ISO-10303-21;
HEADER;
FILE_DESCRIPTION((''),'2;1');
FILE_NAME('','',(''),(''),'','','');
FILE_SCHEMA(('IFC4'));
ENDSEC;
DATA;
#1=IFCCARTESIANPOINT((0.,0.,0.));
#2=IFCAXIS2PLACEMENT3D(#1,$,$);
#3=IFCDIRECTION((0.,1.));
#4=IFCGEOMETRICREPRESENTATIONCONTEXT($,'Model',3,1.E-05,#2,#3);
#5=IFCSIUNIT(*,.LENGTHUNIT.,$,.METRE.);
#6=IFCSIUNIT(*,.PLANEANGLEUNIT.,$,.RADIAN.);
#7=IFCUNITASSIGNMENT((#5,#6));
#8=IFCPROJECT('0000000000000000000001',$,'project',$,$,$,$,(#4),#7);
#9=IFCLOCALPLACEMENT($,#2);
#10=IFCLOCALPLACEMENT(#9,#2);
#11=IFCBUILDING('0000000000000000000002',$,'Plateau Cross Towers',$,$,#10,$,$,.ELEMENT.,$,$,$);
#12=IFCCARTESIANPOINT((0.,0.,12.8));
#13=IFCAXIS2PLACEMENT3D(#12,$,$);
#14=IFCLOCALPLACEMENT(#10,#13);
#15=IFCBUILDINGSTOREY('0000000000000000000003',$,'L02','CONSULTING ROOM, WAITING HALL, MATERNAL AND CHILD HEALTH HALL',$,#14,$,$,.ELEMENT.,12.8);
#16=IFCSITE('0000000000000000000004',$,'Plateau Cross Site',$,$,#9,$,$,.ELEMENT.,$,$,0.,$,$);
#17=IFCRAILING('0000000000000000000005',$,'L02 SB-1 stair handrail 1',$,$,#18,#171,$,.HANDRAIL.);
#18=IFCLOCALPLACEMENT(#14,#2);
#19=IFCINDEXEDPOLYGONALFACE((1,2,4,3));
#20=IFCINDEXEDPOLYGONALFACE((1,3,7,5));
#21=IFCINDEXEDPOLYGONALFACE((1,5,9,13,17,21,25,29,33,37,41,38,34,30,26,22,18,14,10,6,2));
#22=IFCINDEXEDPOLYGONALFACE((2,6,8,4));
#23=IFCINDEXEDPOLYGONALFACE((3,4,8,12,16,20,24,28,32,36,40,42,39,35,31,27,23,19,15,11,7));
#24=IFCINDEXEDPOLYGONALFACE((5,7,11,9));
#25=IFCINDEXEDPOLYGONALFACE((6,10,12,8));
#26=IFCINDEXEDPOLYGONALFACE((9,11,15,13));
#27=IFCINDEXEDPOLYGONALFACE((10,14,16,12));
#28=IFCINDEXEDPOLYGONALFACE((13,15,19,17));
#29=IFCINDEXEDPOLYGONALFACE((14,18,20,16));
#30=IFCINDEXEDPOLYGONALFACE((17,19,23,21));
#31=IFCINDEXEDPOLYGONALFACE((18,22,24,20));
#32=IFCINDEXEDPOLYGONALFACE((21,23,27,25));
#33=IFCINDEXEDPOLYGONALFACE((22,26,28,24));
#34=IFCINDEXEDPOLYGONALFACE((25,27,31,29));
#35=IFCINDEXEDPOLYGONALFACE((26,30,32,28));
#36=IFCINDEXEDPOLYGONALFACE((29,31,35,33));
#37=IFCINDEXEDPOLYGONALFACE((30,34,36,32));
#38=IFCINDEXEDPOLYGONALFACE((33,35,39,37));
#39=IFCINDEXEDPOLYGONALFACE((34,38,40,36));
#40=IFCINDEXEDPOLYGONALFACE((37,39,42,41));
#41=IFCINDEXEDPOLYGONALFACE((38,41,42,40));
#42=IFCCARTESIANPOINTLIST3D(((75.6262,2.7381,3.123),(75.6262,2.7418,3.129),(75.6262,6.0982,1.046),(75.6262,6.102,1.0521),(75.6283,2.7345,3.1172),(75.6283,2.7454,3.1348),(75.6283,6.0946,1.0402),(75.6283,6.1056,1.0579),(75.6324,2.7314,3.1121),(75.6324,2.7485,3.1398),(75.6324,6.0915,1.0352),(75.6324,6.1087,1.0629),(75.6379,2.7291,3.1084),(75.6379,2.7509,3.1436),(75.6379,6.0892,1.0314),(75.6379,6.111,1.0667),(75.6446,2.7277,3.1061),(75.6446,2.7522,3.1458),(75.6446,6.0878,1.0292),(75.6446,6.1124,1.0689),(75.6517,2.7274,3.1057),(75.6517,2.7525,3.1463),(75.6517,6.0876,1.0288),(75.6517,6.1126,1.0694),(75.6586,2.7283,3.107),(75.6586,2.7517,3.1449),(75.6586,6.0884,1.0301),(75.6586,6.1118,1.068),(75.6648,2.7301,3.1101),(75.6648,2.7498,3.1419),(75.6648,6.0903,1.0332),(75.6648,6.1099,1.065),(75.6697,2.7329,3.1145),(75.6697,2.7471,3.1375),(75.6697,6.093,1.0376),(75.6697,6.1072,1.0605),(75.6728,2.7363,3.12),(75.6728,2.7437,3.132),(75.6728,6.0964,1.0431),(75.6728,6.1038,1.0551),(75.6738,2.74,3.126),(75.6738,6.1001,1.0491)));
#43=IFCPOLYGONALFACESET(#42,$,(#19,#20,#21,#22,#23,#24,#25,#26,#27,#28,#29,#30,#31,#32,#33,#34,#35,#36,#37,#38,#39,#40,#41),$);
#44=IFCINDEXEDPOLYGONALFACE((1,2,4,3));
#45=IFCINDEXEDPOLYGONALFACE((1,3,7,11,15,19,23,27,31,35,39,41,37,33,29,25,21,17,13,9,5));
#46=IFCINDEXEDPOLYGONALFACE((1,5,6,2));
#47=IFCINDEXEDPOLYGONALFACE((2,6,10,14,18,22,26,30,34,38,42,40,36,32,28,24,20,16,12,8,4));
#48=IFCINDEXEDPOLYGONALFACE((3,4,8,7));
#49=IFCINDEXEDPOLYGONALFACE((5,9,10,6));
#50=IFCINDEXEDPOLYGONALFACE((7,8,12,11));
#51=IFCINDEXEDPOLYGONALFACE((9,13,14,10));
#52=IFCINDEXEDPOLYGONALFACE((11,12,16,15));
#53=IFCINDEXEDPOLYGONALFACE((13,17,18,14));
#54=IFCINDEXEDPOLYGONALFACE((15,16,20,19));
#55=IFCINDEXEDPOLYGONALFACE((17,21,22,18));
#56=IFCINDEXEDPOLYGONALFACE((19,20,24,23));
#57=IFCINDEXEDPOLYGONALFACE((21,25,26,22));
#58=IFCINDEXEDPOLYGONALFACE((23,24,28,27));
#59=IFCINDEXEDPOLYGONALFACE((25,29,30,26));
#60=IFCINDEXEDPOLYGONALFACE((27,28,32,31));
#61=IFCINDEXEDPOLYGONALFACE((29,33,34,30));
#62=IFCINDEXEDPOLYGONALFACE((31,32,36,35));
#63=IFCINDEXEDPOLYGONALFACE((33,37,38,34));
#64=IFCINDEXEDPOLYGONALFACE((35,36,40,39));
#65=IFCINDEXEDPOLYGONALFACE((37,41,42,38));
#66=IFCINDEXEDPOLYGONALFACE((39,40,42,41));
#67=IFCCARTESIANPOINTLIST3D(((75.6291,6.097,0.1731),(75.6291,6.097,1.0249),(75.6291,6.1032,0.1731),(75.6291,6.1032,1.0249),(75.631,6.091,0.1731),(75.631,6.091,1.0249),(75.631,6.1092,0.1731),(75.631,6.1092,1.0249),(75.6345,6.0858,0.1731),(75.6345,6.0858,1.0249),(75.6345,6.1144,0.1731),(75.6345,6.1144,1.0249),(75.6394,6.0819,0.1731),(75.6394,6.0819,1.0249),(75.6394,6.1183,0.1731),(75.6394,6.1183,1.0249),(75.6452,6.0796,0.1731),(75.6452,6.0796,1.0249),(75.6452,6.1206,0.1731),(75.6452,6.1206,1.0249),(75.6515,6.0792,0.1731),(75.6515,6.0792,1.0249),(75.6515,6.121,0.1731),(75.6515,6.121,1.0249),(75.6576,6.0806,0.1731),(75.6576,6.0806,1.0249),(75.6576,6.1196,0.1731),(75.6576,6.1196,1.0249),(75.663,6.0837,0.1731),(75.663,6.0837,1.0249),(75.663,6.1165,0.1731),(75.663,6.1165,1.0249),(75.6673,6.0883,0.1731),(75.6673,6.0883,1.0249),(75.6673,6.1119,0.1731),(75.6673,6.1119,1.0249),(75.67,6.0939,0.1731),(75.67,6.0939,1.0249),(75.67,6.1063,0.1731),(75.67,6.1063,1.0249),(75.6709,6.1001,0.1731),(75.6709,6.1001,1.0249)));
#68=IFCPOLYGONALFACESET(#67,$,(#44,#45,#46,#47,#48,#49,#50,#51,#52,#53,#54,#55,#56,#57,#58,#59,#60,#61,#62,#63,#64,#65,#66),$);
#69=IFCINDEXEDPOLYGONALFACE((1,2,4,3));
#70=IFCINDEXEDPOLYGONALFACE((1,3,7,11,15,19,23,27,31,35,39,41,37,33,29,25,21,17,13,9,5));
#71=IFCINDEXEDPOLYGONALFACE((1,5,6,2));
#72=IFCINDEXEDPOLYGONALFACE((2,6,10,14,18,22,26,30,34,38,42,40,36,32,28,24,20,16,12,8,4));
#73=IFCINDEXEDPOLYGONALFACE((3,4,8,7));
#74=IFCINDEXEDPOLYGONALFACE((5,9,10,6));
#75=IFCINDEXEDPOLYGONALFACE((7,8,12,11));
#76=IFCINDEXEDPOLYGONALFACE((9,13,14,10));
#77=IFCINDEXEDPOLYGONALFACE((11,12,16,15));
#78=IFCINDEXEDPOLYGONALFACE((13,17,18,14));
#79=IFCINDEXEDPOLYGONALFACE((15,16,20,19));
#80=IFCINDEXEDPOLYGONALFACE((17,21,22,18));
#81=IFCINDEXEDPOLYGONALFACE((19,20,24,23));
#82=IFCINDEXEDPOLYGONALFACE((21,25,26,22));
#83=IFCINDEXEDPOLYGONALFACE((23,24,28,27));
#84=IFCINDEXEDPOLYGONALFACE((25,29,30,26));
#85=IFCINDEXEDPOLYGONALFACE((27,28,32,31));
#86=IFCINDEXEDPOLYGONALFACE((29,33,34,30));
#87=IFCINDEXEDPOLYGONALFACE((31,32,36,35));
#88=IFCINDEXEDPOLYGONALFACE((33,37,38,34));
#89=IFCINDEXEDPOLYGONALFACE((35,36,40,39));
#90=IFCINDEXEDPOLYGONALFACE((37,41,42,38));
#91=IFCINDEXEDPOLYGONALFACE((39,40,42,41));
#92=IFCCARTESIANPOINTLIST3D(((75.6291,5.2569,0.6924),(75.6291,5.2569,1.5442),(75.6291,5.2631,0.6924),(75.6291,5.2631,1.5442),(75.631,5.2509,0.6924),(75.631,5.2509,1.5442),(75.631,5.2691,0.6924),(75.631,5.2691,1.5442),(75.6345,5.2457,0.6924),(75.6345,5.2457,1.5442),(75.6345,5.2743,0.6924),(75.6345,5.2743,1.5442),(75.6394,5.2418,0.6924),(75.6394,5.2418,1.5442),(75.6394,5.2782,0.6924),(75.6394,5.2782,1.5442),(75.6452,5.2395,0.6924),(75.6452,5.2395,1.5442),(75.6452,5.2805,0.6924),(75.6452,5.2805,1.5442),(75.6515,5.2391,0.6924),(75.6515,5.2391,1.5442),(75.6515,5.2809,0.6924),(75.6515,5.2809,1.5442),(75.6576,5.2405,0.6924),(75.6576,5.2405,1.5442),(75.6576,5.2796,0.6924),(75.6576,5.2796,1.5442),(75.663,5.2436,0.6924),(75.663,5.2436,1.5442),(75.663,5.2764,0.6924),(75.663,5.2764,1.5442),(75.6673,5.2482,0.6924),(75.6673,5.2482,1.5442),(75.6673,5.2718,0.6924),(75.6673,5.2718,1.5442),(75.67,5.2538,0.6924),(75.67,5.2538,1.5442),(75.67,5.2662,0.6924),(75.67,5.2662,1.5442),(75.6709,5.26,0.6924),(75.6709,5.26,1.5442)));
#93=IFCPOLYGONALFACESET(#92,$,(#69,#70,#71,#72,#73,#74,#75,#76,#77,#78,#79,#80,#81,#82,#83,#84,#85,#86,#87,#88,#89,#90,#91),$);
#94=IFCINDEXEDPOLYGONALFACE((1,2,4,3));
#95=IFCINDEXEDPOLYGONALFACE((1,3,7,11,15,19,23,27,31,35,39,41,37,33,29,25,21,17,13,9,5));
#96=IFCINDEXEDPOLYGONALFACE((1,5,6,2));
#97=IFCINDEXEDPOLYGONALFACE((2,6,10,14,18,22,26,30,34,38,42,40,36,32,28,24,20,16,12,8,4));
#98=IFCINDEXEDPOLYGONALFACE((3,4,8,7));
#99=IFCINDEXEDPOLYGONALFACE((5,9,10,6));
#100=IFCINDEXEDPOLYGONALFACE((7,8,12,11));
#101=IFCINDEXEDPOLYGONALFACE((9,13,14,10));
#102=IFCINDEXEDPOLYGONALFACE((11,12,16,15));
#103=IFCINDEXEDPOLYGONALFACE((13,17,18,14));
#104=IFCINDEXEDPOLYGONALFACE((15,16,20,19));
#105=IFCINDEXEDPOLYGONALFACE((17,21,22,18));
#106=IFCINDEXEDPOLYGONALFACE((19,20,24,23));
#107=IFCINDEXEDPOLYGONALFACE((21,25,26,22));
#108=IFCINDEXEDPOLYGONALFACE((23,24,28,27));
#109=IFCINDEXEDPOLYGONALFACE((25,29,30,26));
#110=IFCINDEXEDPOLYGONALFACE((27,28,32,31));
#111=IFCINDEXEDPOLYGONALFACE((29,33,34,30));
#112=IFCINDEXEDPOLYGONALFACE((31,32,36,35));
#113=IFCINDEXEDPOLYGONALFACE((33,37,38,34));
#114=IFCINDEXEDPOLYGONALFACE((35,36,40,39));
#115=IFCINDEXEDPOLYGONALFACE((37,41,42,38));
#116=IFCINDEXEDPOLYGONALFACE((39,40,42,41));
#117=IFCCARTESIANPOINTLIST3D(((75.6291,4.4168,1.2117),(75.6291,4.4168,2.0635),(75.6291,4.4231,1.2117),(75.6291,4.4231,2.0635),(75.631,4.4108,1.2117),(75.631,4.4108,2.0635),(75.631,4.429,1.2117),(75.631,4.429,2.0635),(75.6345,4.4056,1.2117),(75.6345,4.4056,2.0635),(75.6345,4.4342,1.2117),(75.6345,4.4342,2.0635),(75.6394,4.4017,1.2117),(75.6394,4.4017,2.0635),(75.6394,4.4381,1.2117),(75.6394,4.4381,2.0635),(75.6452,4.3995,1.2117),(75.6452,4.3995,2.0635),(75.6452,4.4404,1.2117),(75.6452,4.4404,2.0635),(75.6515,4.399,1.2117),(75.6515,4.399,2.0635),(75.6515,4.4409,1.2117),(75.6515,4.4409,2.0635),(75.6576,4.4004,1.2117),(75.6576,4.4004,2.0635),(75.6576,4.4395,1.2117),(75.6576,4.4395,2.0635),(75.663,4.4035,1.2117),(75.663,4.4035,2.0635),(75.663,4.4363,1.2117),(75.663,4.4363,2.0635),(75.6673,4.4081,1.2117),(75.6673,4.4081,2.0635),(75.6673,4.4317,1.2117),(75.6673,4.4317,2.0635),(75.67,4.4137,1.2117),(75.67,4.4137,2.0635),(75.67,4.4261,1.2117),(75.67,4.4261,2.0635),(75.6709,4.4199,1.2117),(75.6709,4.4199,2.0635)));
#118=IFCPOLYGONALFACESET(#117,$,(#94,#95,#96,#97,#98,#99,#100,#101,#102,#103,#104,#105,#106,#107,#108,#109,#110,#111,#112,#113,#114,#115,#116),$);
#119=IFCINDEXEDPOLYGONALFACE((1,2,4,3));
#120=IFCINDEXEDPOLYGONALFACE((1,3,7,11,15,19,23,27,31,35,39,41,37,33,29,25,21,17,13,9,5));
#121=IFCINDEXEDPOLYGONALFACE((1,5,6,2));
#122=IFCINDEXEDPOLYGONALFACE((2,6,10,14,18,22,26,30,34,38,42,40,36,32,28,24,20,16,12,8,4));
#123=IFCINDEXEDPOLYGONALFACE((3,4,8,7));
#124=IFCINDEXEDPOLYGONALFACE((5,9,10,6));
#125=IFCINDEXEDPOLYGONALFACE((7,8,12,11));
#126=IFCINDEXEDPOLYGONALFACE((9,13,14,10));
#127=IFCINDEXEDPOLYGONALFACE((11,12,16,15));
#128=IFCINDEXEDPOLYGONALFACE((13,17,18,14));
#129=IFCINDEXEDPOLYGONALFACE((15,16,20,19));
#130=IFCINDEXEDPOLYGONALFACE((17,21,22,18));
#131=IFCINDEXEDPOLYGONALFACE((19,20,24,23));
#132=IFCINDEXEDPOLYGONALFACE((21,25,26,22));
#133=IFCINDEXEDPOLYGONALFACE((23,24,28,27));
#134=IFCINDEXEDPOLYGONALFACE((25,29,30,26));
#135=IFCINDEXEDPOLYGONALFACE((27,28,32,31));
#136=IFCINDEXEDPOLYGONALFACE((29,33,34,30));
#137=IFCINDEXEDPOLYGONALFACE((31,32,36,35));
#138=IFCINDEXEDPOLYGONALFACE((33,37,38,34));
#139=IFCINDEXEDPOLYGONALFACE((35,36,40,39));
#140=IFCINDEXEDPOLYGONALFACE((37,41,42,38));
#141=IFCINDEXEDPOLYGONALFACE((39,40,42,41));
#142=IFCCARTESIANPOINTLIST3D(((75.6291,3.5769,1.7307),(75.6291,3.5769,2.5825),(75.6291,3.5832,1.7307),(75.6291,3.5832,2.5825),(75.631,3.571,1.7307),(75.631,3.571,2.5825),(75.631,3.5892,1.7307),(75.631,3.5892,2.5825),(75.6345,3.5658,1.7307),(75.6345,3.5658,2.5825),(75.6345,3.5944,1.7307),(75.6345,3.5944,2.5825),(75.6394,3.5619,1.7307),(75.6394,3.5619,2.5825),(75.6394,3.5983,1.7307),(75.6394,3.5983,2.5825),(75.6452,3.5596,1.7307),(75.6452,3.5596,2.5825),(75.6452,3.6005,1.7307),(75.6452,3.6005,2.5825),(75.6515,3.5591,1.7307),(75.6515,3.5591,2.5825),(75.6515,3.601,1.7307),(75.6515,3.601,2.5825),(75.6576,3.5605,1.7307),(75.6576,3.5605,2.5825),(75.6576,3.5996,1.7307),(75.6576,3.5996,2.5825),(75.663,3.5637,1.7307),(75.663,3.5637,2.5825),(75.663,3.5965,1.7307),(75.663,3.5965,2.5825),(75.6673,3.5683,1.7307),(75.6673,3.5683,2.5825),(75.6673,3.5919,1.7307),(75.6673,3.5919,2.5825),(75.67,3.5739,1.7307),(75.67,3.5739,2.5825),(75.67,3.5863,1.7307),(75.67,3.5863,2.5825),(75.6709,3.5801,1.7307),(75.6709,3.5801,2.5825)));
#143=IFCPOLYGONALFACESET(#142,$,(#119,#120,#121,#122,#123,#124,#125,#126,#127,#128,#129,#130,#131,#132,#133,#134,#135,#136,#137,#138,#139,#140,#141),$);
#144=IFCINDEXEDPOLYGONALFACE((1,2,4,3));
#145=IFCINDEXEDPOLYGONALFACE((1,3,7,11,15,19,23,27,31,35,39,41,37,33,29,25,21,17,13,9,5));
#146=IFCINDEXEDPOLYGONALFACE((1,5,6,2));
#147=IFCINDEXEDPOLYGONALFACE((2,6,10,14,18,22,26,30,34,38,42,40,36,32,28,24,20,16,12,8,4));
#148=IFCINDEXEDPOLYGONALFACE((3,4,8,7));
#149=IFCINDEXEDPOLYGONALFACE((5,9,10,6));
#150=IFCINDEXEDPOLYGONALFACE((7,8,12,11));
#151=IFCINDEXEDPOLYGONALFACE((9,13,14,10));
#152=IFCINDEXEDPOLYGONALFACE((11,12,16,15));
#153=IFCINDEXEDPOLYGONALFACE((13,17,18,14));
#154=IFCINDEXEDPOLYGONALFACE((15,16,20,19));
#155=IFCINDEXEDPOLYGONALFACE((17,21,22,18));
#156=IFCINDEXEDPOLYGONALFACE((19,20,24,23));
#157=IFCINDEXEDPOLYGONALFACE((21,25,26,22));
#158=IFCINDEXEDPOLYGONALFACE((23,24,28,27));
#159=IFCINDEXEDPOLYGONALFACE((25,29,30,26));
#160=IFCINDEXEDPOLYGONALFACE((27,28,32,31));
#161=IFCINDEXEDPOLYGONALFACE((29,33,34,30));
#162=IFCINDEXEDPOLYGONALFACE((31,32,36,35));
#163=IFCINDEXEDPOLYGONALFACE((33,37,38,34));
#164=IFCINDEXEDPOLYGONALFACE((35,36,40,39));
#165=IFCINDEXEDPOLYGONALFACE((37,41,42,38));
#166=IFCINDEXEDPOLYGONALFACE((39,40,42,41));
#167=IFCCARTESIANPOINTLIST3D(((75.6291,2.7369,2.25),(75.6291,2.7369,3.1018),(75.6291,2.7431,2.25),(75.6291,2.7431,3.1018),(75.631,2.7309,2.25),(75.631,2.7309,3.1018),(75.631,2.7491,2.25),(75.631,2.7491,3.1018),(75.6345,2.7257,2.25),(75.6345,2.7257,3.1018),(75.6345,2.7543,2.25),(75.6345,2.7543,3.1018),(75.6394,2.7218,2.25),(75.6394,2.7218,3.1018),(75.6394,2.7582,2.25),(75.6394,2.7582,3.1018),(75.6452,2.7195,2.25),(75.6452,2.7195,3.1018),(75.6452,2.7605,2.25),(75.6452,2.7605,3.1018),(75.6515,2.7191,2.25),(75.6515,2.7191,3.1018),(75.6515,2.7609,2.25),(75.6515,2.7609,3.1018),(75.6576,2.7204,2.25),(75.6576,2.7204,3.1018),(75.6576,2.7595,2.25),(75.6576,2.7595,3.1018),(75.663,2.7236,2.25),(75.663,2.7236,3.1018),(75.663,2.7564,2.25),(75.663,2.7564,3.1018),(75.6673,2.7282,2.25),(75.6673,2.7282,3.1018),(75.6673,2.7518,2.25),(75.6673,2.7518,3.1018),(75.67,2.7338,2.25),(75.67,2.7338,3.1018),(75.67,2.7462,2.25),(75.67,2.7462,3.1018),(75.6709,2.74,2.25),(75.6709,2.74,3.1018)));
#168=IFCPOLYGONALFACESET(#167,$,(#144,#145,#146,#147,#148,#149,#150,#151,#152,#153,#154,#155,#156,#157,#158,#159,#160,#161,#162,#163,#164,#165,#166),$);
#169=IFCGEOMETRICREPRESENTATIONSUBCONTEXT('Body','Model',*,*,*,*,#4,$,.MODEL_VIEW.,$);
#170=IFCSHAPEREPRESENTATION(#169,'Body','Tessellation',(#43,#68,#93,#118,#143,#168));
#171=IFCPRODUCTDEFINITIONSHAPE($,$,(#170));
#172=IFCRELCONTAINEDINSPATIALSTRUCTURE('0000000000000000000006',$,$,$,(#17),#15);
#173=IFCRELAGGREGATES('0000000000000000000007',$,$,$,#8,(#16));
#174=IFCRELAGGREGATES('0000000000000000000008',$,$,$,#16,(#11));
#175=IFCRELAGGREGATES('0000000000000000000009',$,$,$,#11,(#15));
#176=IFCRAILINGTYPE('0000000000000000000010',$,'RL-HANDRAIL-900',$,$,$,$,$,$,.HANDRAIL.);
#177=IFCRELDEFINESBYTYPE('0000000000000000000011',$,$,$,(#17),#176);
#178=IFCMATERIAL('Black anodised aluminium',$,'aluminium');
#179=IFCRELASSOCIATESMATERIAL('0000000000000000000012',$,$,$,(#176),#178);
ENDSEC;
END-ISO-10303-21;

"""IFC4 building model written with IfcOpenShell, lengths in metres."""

from ifc_helpers import new_model, si_unit, direction, frame, origin, origin_2d, place, context, subcontext, project, spatial, circle, extrude, material, type_object, element, save


model = new_model("IFC4")

# Units and contexts
model_context = context("Model", 3, precision=1e-05, world=origin(), true_north=direction((0.0, 1.0)))
body_context = subcontext(model_context, "Body", "Model", "MODEL_VIEW")
ifc_project = project(units=[si_unit("LENGTHUNIT", "METRE"), si_unit("PLANEANGLEUNIT", "RADIAN")], contexts=[model_context])

# Site, building, storey
site_placement = place(None, origin())
site = spatial("IfcSite", under=ifc_project, at=site_placement, Name="Plateau Cross Site", CompositionType="ELEMENT", RefElevation=0.0)
building_placement = place(site_placement, origin())
building = spatial("IfcBuilding", under=site, at=building_placement, Name="Plateau Cross Towers", CompositionType="ELEMENT")
storey_placement = place(building_placement, frame((0.0, 0.0, 12.8)))
storey = spatial("IfcBuildingStorey", under=building, at=storey_placement, Name="L02", Description="CONSULTING ROOM, WAITING HALL, MATERNAL AND CHILD HEALTH HALL", CompositionType="ELEMENT", Elevation=12.8)

# Railing
ifc_material_1 = material(Name="Black anodised aluminium", Category="aluminium")
railing_type_1 = type_object("IfcRailingType", Name="RL-HANDRAIL-900", PredefinedType="HANDRAIL", material=ifc_material_1)
railing_1_placement = place(storey_placement, frame((75.6499, 6.1001, 0.1731)))
element("IfcRailing", 1, at=railing_1_placement, inside=storey, type_object=railing_type_1, Name="L02 SB-1 stair handrail 1", PredefinedType="HANDRAIL", context=body_context, shape_type="SweptSolid", body=[
    extrude(circle(Radius=0.0239, at=origin_2d()), frame((0.0, 0.0, 0.876), z_axis=(0.0, -0.850623, 0.525776), x_axis=(1.0, 0.0, 0.0)), (0.0, 0.0, 1.0), 3.9502),
    extrude(circle(Radius=0.021, at=origin_2d()), origin(), (0.0, 0.0, 1.0), 0.8518),
    extrude(circle(Radius=0.021, at=origin_2d()), frame((0.0, -0.8401, 0.5193)), (0.0, 0.0, 1.0), 0.8518),
    extrude(circle(Radius=0.021, at=origin_2d()), frame((0.0, -1.6802, 1.0386)), (0.0, 0.0, 1.0), 0.8518),
    extrude(circle(Radius=0.021, at=origin_2d()), frame((0.0, -2.52, 1.5576)), (0.0, 0.0, 1.0), 0.8518),
    extrude(circle(Radius=0.021, at=origin_2d()), frame((0.0, -3.3601, 2.0769)), (0.0, 0.0, 1.0), 0.8518),
])

save(model, "model.ifc")
